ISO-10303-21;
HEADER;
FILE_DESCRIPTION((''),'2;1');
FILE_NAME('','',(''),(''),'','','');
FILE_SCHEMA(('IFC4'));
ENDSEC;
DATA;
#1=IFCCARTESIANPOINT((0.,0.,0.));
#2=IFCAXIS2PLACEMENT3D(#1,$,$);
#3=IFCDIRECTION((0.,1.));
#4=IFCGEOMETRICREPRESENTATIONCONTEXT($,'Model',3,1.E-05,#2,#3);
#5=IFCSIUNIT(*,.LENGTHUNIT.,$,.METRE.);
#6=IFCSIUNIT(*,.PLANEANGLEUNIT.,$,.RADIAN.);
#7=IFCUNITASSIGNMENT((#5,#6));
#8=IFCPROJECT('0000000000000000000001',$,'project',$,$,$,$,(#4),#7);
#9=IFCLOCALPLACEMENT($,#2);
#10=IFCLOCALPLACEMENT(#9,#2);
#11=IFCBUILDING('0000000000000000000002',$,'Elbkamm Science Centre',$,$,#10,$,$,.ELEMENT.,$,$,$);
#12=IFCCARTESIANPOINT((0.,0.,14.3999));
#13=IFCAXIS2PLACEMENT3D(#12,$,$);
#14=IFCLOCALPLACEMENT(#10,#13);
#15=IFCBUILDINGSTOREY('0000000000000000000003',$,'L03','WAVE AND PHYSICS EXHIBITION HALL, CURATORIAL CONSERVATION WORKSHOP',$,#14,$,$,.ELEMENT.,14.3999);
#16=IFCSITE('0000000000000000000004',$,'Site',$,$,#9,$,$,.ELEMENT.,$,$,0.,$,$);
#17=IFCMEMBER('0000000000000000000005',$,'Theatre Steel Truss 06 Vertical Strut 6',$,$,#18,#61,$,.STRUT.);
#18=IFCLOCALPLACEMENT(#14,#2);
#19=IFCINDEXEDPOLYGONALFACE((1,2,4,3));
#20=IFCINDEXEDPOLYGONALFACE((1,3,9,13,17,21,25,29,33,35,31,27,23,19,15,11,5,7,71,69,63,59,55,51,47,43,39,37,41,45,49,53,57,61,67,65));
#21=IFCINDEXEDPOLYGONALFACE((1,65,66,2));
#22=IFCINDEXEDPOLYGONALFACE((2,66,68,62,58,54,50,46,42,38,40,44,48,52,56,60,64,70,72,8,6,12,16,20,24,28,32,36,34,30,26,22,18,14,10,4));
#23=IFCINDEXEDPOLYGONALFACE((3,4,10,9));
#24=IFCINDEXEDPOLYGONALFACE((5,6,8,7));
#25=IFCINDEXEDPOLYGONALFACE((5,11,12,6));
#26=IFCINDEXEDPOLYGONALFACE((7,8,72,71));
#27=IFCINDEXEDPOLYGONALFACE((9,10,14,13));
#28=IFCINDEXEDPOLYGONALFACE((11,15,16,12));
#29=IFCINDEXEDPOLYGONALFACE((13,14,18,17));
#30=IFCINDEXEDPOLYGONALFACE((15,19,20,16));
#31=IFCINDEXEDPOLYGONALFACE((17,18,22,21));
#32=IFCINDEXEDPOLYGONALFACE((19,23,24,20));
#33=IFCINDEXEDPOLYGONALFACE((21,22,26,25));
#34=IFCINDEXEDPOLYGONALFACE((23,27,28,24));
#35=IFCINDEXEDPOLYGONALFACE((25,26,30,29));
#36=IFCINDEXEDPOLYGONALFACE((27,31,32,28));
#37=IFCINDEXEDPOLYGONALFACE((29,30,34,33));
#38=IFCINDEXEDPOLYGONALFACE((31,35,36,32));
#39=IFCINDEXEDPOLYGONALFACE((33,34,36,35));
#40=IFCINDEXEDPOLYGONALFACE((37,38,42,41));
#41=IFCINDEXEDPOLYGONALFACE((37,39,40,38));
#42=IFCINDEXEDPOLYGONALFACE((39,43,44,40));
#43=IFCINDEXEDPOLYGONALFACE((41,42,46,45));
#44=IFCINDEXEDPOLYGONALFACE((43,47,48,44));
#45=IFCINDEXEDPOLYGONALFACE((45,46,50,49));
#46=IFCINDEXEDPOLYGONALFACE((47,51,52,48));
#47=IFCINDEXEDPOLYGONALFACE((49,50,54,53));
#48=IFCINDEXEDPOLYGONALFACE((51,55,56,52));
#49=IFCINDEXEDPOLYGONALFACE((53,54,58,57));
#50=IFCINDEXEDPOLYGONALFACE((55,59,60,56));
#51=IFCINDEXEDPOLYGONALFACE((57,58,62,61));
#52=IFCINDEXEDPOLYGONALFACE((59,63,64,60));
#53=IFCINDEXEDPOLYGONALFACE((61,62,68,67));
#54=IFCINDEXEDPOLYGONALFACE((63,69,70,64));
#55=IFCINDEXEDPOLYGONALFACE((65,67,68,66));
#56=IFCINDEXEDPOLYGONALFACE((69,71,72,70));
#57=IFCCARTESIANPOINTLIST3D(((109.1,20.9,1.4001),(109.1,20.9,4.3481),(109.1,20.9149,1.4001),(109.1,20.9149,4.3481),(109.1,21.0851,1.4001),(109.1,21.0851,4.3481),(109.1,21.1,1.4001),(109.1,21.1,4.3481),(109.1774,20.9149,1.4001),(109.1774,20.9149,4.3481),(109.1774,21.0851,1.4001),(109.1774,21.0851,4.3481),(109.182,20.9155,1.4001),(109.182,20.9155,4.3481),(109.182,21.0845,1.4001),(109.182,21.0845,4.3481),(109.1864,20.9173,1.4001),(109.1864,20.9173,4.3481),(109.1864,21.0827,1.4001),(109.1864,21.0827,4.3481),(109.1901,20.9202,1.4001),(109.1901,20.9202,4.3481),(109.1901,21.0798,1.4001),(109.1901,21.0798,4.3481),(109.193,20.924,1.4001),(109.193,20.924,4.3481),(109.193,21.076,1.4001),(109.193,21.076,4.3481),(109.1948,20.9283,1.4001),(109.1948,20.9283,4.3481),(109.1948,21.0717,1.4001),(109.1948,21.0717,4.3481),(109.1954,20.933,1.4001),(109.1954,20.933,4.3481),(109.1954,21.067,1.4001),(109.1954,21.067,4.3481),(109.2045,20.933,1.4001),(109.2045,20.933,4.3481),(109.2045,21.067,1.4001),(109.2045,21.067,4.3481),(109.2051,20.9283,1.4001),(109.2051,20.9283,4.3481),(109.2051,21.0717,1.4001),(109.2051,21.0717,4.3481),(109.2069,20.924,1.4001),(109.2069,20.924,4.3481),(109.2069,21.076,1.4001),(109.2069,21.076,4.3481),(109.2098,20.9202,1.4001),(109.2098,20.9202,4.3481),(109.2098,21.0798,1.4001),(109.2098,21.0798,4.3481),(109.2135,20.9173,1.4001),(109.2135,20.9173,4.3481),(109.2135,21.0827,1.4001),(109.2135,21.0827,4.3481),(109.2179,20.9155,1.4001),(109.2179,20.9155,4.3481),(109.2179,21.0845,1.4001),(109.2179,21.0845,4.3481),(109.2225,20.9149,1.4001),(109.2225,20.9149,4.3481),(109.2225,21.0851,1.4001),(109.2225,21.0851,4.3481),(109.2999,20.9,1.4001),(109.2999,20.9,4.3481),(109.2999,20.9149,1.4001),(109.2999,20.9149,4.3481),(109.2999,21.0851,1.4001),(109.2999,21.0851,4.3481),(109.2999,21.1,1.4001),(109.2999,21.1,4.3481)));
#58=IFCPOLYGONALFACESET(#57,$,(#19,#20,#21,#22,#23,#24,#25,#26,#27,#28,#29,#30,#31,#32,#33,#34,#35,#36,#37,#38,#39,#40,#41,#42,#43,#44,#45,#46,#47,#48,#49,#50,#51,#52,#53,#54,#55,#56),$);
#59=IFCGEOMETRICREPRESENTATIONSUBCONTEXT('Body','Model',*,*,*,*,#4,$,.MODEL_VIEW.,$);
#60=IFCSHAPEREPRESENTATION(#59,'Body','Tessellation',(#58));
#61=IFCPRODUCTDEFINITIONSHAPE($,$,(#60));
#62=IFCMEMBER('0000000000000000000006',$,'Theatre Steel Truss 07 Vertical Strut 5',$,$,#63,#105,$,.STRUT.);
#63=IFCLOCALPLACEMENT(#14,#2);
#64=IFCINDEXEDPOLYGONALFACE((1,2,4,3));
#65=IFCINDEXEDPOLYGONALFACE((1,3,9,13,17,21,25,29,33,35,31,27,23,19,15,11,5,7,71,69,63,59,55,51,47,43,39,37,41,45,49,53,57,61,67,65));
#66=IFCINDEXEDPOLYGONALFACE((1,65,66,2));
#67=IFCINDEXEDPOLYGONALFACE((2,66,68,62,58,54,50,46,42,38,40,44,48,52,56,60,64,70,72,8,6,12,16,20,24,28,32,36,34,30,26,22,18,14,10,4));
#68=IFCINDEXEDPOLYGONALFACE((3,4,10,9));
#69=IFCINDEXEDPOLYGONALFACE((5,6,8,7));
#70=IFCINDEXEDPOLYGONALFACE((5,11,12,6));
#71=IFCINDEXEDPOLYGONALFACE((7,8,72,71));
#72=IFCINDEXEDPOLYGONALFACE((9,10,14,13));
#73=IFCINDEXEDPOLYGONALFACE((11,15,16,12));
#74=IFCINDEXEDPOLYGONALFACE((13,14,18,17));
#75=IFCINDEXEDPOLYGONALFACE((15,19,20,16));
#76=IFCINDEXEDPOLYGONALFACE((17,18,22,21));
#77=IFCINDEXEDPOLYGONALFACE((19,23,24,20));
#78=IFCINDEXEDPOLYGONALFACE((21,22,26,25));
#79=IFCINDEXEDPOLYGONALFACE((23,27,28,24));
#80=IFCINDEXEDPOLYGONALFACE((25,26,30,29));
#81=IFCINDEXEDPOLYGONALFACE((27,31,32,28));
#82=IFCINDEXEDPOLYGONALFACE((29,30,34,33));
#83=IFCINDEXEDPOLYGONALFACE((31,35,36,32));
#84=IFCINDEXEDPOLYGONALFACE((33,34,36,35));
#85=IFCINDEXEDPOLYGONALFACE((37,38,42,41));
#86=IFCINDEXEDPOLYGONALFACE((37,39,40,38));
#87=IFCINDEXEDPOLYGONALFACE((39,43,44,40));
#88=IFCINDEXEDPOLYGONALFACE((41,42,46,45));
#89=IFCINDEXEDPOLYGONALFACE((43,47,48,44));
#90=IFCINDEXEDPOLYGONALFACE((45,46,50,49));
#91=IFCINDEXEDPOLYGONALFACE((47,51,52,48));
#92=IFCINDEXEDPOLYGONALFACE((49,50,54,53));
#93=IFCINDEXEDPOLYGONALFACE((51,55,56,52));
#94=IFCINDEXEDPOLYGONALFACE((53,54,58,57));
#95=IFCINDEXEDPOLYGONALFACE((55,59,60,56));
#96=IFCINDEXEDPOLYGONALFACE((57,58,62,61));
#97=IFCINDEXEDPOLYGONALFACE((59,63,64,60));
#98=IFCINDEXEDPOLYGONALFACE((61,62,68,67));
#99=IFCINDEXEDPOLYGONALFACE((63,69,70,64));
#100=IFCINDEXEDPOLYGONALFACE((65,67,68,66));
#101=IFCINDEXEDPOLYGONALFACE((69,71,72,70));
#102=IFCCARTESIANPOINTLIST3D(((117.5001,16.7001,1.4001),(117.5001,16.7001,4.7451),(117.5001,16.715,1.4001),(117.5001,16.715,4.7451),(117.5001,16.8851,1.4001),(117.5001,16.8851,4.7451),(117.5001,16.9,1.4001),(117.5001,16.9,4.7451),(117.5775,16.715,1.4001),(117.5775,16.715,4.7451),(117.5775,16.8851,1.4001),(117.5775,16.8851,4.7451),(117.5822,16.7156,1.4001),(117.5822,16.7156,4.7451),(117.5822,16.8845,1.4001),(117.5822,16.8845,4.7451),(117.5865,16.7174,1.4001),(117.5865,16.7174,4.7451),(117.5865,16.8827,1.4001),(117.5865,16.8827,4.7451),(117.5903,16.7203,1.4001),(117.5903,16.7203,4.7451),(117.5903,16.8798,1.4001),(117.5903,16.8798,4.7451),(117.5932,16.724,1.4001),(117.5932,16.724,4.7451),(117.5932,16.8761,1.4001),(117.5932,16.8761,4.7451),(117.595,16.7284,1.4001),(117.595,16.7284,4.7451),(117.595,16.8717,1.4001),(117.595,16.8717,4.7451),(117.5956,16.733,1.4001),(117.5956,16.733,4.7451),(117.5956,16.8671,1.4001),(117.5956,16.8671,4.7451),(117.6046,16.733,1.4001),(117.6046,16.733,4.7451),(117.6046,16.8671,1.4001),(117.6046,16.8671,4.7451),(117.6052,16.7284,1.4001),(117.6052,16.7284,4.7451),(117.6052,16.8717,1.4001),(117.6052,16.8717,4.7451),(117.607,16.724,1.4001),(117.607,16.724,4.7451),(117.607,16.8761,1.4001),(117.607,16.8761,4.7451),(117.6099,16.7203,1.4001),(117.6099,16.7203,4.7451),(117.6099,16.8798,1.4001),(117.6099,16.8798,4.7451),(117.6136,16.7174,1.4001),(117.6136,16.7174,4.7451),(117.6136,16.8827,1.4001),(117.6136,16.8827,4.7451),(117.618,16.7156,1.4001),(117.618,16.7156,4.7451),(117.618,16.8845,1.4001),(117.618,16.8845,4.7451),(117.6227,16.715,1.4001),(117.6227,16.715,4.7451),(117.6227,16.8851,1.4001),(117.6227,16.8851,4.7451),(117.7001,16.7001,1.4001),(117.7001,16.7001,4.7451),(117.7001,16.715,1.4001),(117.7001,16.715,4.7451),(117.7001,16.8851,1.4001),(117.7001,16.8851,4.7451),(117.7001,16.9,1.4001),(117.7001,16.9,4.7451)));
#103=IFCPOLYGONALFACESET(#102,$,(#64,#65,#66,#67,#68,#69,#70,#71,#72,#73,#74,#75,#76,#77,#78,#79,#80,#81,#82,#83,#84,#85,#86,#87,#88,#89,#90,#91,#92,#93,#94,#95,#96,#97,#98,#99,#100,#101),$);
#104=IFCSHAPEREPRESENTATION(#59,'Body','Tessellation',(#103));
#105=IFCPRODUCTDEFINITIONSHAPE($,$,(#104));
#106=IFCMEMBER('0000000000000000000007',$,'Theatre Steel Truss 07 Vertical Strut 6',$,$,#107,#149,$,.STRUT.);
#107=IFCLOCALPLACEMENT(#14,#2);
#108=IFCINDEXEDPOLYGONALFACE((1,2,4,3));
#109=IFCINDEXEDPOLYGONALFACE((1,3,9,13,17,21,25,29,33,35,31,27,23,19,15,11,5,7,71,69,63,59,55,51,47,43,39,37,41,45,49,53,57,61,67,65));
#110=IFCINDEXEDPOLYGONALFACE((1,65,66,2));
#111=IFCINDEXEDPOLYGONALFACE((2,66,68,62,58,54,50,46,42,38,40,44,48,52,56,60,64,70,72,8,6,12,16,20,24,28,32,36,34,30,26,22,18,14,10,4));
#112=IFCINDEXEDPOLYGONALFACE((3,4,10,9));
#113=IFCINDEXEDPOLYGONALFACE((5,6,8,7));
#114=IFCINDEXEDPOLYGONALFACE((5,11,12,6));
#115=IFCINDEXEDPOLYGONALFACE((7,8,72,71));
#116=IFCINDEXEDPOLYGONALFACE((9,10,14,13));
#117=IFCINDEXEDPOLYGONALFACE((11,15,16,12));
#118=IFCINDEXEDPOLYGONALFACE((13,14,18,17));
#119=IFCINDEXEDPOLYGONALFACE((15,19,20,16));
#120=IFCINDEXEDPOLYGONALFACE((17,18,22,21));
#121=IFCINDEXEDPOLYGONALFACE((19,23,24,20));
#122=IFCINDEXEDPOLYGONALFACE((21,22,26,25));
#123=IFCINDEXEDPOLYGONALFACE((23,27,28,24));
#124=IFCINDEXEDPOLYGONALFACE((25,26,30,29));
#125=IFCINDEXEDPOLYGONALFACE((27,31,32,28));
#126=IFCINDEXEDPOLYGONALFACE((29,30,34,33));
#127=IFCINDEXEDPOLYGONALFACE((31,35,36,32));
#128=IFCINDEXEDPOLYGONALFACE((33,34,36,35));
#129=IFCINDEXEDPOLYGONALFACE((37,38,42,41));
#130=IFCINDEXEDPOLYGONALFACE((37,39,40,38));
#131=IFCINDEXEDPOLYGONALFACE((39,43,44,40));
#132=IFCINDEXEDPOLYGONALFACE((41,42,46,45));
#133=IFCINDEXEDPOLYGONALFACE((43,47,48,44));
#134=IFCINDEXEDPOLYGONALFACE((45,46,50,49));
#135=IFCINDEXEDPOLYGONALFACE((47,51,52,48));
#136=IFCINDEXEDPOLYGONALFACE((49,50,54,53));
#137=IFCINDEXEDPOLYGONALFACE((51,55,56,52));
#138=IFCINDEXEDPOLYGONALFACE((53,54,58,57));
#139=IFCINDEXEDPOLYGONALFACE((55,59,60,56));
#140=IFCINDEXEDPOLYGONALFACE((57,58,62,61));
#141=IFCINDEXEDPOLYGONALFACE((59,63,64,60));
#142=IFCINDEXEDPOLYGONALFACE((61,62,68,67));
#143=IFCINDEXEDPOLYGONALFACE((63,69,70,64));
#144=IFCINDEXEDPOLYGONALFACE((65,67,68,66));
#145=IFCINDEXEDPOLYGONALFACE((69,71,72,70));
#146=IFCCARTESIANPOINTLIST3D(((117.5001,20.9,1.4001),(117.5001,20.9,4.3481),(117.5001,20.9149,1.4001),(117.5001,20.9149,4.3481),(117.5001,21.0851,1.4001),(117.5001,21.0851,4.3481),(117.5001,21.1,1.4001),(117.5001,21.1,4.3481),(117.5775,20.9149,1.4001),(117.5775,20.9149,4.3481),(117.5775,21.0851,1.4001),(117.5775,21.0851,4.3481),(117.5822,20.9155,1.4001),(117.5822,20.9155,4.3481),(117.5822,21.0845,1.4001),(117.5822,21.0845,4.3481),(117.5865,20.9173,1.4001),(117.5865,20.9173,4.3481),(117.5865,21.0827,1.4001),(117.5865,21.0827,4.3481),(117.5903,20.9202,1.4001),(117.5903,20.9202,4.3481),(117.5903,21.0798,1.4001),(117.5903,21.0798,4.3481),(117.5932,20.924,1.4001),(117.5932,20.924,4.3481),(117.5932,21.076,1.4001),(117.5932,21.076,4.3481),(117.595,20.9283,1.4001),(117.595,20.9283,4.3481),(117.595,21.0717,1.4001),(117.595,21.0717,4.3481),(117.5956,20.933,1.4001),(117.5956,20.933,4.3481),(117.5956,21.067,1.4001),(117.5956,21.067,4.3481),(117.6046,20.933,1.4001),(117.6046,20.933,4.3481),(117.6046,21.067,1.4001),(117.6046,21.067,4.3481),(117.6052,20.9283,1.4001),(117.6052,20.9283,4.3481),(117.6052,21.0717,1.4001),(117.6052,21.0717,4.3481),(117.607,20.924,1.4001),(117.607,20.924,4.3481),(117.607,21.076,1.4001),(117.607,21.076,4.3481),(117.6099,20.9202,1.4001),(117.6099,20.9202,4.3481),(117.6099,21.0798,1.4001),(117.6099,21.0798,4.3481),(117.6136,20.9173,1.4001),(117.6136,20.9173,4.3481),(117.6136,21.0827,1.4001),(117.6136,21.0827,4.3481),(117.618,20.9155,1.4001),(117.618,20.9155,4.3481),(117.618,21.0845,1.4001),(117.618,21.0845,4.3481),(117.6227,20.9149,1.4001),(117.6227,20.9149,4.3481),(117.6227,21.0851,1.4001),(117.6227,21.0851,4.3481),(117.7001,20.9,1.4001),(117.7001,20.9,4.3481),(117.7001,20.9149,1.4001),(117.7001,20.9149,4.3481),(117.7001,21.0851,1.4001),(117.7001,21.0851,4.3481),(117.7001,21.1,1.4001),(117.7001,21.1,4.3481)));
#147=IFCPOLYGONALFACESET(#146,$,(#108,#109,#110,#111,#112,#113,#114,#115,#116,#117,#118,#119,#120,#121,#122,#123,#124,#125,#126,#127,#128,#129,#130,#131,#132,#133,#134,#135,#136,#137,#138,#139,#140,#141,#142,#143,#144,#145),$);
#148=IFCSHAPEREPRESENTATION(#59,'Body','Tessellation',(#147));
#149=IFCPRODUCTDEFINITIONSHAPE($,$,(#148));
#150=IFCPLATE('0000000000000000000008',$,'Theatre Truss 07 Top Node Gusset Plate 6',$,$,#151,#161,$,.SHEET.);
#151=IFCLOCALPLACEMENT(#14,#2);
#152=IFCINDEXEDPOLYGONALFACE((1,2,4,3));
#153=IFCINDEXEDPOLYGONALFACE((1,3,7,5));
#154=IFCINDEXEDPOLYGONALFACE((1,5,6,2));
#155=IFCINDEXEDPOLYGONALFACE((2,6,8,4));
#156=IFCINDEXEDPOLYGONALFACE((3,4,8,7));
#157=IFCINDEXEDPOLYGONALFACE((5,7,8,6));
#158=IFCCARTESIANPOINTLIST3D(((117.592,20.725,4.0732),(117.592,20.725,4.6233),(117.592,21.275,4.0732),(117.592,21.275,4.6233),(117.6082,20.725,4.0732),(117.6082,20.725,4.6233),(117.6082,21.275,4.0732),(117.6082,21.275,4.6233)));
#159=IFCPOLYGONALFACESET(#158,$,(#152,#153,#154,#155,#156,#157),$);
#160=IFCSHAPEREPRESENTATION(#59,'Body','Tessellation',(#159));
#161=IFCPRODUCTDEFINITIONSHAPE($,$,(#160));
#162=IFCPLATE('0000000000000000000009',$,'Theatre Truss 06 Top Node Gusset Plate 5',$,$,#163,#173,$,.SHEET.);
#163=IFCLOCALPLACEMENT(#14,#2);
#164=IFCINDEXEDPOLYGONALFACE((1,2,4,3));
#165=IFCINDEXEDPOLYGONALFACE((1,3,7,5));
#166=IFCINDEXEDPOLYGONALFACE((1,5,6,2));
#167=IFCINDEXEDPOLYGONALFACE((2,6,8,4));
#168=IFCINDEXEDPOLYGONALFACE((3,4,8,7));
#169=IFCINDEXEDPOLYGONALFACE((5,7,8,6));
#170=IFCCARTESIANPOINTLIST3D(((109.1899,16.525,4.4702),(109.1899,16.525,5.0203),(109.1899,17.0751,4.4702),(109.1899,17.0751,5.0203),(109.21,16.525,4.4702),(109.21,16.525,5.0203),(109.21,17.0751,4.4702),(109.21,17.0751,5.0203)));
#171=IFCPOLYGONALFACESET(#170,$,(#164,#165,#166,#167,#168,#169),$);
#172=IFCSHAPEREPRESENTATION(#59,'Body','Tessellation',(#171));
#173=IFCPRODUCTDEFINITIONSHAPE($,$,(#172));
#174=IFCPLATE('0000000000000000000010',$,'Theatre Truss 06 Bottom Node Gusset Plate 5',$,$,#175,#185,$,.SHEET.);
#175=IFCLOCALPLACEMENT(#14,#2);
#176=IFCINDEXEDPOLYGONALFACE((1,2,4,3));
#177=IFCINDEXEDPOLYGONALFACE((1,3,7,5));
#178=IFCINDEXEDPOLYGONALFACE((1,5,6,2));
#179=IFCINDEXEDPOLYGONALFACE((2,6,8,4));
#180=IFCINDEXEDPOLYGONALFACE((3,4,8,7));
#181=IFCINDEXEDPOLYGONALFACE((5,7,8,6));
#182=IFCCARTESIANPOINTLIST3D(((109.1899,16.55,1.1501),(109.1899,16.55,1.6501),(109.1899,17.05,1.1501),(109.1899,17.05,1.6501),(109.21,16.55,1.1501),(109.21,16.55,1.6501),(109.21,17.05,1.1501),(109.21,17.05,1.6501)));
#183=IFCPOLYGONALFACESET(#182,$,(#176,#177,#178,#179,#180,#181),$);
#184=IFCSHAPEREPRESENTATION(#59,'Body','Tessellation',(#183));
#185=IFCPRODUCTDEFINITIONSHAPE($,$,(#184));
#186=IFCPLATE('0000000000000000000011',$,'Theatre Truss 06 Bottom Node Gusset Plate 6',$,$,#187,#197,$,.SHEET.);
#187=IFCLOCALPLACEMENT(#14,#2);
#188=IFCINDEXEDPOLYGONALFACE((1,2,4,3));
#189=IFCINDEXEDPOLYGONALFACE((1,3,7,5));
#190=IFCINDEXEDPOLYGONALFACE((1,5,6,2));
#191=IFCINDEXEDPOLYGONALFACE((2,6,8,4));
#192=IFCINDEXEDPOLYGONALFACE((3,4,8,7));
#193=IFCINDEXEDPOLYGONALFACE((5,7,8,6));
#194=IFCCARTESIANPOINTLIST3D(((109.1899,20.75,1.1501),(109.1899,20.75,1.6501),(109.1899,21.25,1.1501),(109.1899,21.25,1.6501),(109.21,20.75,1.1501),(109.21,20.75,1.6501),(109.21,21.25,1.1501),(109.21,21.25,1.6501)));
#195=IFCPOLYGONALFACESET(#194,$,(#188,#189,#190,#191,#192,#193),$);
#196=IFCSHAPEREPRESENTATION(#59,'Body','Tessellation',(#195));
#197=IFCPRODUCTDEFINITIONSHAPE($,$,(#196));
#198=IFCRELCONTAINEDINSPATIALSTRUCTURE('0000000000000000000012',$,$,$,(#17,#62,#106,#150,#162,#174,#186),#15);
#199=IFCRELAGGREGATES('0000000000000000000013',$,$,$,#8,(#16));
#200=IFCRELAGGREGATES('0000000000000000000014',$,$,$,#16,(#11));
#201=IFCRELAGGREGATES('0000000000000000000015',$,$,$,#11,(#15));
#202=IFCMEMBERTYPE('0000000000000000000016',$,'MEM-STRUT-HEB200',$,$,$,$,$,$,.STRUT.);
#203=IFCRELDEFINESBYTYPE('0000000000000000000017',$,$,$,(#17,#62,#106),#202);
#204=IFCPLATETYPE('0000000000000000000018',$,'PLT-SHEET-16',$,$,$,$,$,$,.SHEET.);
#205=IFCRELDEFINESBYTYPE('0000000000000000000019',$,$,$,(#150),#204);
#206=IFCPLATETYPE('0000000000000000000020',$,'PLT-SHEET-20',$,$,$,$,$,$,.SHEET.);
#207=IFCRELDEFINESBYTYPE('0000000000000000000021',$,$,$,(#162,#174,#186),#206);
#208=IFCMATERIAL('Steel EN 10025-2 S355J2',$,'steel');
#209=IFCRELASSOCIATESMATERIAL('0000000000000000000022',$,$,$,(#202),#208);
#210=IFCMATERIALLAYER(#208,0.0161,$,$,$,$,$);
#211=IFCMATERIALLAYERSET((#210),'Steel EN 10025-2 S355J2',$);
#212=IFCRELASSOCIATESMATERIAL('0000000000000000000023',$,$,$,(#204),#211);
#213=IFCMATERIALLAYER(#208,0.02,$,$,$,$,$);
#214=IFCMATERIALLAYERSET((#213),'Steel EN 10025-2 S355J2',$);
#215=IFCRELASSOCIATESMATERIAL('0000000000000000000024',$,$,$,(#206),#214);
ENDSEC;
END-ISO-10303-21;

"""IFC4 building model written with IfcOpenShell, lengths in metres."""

from ifc_helpers import new_model, si_unit, direction, frame, origin, origin_2d, place, context, subcontext, project, spatial, rectangle, i_section, extrude, material, layer, layer_set, material_profile, profile_set, type_object, element, save


model = new_model("IFC4")

# Units and contexts
model_context = context("Model", 3, precision=1e-05, world=origin(), true_north=direction((0.0, 1.0)))
body_context = subcontext(model_context, "Body", "Model", "MODEL_VIEW")
ifc_project = project(units=[si_unit("LENGTHUNIT", "METRE"), si_unit("PLANEANGLEUNIT", "RADIAN")], contexts=[model_context])

# Site, building, storey
site_placement = place(None, origin())
site = spatial("IfcSite", under=ifc_project, at=site_placement, Name="Site", CompositionType="ELEMENT", RefElevation=0.0)
building_placement = place(site_placement, origin())
building = spatial("IfcBuilding", under=site, at=building_placement, Name="Elbkamm Science Centre", CompositionType="ELEMENT")
storey_placement = place(building_placement, frame((0.0, 0.0, 14.3999)))
storey = spatial("IfcBuildingStorey", under=building, at=storey_placement, Name="L03", Description="WAVE AND PHYSICS EXHIBITION HALL, CURATORIAL CONSERVATION WORKSHOP", CompositionType="ELEMENT", Elevation=14.3999)

# Shared definitions
ifc_material_1 = material(Name="Steel EN 10025-2 S355J2", Category="steel")

# Members
ifc_material_profile_1 = material_profile(ifc_material_1, i_section(OverallWidth=0.2, OverallDepth=0.2, WebThickness=0.009, FlangeThickness=0.0149, FilletRadius=0.0181, at=origin_2d()), Name="HEB 200")
ifc_profile_set_1 = profile_set([ifc_material_profile_1], Name="Steel EN 10025-2 S355J2")
member_type_1 = type_object("IfcMemberType", Name="MEM-STRUT-HEB200", PredefinedType="STRUT", material=ifc_profile_set_1)
member_1_placement = place(storey_placement, frame((109.2, 21.0, 1.4001), z_axis=(0.0, 0.0, 1.0), x_axis=(1.0, 0.0, 0.0)))
element("IfcMember", 1, at=member_1_placement, inside=storey, type_object=member_type_1, Name="Theatre Steel Truss 06 Vertical Strut 6", PredefinedType="STRUT", context=body_context, shape_type="SweptSolid", body=[
    extrude(i_section(OverallWidth=0.2, OverallDepth=0.2, WebThickness=0.009, FlangeThickness=0.0149, FilletRadius=0.0181, at=origin_2d()), origin(), (0.0, 0.0, 1.0), 2.948),
])
member_2_placement = place(storey_placement, frame((117.6001, 16.8, 1.4001), z_axis=(0.0, 0.0, 1.0), x_axis=(1.0, 0.0, 0.0)))
element("IfcMember", 2, at=member_2_placement, inside=storey, type_object=member_type_1, Name="Theatre Steel Truss 07 Vertical Strut 5", PredefinedType="STRUT", context=body_context, shape_type="SweptSolid", body=[
    extrude(i_section(OverallWidth=0.2, OverallDepth=0.2, WebThickness=0.009, FlangeThickness=0.0149, FilletRadius=0.0181, at=origin_2d()), origin(), (0.0, 0.0, 1.0), 3.345),
])
member_3_placement = place(storey_placement, frame((117.6001, 21.0, 1.4001), z_axis=(0.0, 0.0, 1.0), x_axis=(1.0, 0.0, 0.0)))
element("IfcMember", 3, at=member_3_placement, inside=storey, type_object=member_type_1, Name="Theatre Steel Truss 07 Vertical Strut 6", PredefinedType="STRUT", context=body_context, shape_type="SweptSolid", body=[
    extrude(i_section(OverallWidth=0.2, OverallDepth=0.2, WebThickness=0.009, FlangeThickness=0.0149, FilletRadius=0.0181, at=origin_2d()), origin(), (0.0, 0.0, 1.0), 2.948),
])

# Plates
ifc_layer_1 = layer(ifc_material_1, 0.0161)
ifc_layer_set_1 = layer_set([ifc_layer_1], Name="Steel EN 10025-2 S355J2")
plate_type_1 = type_object("IfcPlateType", Name="PLT-SHEET-16", PredefinedType="SHEET", material=ifc_layer_set_1)
plate_1_placement = place(storey_placement, frame((117.6001, 21.0, 4.0732), z_axis=(0.0, 0.0, 1.0), x_axis=(1.0, 0.0, 0.0)))
element("IfcPlate", 4, at=plate_1_placement, inside=storey, type_object=plate_type_1, Name="Theatre Truss 07 Top Node Gusset Plate 6", PredefinedType="SHEET", context=body_context, shape_type="SweptSolid", body=[
    extrude(rectangle(XDim=0.0161, YDim=0.55, at=origin_2d()), origin(), (0.0, 0.0, 1.0), 0.55),
])
ifc_layer_2 = layer(ifc_material_1, 0.02)
ifc_layer_set_2 = layer_set([ifc_layer_2], Name="Steel EN 10025-2 S355J2")
plate_type_2 = type_object("IfcPlateType", Name="PLT-SHEET-20", PredefinedType="SHEET", material=ifc_layer_set_2)
plate_2_placement = place(storey_placement, frame((109.2, 16.8, 4.4702), z_axis=(0.0, 0.0, 1.0), x_axis=(1.0, 0.0, 0.0)))
element("IfcPlate", 5, at=plate_2_placement, inside=storey, type_object=plate_type_2, Name="Theatre Truss 06 Top Node Gusset Plate 5", PredefinedType="SHEET", context=body_context, shape_type="SweptSolid", body=[
    extrude(rectangle(XDim=0.02, YDim=0.55, at=origin_2d()), origin(), (0.0, 0.0, 1.0), 0.55),
])
for number, where, z_axis, x_axis, name in (
    (6, (109.2, 16.8, 1.1501), (0.0, 0.0, 1.0), (1.0, 0.0, 0.0), "Theatre Truss 06 Bottom Node Gusset Plate 5"),
    (7, (109.2, 21.0, 1.1501), (0.0, 0.0, 1.0), (1.0, 0.0, 0.0), "Theatre Truss 06 Bottom Node Gusset Plate 6"),
):
    element("IfcPlate", number, at=place(storey_placement, frame(where, z_axis=z_axis, x_axis=x_axis)), inside=storey, type_object=plate_type_2, Name=name, PredefinedType="SHEET", context=body_context, shape_type="SweptSolid", body=[
        extrude(rectangle(XDim=0.02, YDim=0.5, at=origin_2d()), origin(), (0.0, 0.0, 1.0), 0.5),
    ])

save(model, "model.ifc")
